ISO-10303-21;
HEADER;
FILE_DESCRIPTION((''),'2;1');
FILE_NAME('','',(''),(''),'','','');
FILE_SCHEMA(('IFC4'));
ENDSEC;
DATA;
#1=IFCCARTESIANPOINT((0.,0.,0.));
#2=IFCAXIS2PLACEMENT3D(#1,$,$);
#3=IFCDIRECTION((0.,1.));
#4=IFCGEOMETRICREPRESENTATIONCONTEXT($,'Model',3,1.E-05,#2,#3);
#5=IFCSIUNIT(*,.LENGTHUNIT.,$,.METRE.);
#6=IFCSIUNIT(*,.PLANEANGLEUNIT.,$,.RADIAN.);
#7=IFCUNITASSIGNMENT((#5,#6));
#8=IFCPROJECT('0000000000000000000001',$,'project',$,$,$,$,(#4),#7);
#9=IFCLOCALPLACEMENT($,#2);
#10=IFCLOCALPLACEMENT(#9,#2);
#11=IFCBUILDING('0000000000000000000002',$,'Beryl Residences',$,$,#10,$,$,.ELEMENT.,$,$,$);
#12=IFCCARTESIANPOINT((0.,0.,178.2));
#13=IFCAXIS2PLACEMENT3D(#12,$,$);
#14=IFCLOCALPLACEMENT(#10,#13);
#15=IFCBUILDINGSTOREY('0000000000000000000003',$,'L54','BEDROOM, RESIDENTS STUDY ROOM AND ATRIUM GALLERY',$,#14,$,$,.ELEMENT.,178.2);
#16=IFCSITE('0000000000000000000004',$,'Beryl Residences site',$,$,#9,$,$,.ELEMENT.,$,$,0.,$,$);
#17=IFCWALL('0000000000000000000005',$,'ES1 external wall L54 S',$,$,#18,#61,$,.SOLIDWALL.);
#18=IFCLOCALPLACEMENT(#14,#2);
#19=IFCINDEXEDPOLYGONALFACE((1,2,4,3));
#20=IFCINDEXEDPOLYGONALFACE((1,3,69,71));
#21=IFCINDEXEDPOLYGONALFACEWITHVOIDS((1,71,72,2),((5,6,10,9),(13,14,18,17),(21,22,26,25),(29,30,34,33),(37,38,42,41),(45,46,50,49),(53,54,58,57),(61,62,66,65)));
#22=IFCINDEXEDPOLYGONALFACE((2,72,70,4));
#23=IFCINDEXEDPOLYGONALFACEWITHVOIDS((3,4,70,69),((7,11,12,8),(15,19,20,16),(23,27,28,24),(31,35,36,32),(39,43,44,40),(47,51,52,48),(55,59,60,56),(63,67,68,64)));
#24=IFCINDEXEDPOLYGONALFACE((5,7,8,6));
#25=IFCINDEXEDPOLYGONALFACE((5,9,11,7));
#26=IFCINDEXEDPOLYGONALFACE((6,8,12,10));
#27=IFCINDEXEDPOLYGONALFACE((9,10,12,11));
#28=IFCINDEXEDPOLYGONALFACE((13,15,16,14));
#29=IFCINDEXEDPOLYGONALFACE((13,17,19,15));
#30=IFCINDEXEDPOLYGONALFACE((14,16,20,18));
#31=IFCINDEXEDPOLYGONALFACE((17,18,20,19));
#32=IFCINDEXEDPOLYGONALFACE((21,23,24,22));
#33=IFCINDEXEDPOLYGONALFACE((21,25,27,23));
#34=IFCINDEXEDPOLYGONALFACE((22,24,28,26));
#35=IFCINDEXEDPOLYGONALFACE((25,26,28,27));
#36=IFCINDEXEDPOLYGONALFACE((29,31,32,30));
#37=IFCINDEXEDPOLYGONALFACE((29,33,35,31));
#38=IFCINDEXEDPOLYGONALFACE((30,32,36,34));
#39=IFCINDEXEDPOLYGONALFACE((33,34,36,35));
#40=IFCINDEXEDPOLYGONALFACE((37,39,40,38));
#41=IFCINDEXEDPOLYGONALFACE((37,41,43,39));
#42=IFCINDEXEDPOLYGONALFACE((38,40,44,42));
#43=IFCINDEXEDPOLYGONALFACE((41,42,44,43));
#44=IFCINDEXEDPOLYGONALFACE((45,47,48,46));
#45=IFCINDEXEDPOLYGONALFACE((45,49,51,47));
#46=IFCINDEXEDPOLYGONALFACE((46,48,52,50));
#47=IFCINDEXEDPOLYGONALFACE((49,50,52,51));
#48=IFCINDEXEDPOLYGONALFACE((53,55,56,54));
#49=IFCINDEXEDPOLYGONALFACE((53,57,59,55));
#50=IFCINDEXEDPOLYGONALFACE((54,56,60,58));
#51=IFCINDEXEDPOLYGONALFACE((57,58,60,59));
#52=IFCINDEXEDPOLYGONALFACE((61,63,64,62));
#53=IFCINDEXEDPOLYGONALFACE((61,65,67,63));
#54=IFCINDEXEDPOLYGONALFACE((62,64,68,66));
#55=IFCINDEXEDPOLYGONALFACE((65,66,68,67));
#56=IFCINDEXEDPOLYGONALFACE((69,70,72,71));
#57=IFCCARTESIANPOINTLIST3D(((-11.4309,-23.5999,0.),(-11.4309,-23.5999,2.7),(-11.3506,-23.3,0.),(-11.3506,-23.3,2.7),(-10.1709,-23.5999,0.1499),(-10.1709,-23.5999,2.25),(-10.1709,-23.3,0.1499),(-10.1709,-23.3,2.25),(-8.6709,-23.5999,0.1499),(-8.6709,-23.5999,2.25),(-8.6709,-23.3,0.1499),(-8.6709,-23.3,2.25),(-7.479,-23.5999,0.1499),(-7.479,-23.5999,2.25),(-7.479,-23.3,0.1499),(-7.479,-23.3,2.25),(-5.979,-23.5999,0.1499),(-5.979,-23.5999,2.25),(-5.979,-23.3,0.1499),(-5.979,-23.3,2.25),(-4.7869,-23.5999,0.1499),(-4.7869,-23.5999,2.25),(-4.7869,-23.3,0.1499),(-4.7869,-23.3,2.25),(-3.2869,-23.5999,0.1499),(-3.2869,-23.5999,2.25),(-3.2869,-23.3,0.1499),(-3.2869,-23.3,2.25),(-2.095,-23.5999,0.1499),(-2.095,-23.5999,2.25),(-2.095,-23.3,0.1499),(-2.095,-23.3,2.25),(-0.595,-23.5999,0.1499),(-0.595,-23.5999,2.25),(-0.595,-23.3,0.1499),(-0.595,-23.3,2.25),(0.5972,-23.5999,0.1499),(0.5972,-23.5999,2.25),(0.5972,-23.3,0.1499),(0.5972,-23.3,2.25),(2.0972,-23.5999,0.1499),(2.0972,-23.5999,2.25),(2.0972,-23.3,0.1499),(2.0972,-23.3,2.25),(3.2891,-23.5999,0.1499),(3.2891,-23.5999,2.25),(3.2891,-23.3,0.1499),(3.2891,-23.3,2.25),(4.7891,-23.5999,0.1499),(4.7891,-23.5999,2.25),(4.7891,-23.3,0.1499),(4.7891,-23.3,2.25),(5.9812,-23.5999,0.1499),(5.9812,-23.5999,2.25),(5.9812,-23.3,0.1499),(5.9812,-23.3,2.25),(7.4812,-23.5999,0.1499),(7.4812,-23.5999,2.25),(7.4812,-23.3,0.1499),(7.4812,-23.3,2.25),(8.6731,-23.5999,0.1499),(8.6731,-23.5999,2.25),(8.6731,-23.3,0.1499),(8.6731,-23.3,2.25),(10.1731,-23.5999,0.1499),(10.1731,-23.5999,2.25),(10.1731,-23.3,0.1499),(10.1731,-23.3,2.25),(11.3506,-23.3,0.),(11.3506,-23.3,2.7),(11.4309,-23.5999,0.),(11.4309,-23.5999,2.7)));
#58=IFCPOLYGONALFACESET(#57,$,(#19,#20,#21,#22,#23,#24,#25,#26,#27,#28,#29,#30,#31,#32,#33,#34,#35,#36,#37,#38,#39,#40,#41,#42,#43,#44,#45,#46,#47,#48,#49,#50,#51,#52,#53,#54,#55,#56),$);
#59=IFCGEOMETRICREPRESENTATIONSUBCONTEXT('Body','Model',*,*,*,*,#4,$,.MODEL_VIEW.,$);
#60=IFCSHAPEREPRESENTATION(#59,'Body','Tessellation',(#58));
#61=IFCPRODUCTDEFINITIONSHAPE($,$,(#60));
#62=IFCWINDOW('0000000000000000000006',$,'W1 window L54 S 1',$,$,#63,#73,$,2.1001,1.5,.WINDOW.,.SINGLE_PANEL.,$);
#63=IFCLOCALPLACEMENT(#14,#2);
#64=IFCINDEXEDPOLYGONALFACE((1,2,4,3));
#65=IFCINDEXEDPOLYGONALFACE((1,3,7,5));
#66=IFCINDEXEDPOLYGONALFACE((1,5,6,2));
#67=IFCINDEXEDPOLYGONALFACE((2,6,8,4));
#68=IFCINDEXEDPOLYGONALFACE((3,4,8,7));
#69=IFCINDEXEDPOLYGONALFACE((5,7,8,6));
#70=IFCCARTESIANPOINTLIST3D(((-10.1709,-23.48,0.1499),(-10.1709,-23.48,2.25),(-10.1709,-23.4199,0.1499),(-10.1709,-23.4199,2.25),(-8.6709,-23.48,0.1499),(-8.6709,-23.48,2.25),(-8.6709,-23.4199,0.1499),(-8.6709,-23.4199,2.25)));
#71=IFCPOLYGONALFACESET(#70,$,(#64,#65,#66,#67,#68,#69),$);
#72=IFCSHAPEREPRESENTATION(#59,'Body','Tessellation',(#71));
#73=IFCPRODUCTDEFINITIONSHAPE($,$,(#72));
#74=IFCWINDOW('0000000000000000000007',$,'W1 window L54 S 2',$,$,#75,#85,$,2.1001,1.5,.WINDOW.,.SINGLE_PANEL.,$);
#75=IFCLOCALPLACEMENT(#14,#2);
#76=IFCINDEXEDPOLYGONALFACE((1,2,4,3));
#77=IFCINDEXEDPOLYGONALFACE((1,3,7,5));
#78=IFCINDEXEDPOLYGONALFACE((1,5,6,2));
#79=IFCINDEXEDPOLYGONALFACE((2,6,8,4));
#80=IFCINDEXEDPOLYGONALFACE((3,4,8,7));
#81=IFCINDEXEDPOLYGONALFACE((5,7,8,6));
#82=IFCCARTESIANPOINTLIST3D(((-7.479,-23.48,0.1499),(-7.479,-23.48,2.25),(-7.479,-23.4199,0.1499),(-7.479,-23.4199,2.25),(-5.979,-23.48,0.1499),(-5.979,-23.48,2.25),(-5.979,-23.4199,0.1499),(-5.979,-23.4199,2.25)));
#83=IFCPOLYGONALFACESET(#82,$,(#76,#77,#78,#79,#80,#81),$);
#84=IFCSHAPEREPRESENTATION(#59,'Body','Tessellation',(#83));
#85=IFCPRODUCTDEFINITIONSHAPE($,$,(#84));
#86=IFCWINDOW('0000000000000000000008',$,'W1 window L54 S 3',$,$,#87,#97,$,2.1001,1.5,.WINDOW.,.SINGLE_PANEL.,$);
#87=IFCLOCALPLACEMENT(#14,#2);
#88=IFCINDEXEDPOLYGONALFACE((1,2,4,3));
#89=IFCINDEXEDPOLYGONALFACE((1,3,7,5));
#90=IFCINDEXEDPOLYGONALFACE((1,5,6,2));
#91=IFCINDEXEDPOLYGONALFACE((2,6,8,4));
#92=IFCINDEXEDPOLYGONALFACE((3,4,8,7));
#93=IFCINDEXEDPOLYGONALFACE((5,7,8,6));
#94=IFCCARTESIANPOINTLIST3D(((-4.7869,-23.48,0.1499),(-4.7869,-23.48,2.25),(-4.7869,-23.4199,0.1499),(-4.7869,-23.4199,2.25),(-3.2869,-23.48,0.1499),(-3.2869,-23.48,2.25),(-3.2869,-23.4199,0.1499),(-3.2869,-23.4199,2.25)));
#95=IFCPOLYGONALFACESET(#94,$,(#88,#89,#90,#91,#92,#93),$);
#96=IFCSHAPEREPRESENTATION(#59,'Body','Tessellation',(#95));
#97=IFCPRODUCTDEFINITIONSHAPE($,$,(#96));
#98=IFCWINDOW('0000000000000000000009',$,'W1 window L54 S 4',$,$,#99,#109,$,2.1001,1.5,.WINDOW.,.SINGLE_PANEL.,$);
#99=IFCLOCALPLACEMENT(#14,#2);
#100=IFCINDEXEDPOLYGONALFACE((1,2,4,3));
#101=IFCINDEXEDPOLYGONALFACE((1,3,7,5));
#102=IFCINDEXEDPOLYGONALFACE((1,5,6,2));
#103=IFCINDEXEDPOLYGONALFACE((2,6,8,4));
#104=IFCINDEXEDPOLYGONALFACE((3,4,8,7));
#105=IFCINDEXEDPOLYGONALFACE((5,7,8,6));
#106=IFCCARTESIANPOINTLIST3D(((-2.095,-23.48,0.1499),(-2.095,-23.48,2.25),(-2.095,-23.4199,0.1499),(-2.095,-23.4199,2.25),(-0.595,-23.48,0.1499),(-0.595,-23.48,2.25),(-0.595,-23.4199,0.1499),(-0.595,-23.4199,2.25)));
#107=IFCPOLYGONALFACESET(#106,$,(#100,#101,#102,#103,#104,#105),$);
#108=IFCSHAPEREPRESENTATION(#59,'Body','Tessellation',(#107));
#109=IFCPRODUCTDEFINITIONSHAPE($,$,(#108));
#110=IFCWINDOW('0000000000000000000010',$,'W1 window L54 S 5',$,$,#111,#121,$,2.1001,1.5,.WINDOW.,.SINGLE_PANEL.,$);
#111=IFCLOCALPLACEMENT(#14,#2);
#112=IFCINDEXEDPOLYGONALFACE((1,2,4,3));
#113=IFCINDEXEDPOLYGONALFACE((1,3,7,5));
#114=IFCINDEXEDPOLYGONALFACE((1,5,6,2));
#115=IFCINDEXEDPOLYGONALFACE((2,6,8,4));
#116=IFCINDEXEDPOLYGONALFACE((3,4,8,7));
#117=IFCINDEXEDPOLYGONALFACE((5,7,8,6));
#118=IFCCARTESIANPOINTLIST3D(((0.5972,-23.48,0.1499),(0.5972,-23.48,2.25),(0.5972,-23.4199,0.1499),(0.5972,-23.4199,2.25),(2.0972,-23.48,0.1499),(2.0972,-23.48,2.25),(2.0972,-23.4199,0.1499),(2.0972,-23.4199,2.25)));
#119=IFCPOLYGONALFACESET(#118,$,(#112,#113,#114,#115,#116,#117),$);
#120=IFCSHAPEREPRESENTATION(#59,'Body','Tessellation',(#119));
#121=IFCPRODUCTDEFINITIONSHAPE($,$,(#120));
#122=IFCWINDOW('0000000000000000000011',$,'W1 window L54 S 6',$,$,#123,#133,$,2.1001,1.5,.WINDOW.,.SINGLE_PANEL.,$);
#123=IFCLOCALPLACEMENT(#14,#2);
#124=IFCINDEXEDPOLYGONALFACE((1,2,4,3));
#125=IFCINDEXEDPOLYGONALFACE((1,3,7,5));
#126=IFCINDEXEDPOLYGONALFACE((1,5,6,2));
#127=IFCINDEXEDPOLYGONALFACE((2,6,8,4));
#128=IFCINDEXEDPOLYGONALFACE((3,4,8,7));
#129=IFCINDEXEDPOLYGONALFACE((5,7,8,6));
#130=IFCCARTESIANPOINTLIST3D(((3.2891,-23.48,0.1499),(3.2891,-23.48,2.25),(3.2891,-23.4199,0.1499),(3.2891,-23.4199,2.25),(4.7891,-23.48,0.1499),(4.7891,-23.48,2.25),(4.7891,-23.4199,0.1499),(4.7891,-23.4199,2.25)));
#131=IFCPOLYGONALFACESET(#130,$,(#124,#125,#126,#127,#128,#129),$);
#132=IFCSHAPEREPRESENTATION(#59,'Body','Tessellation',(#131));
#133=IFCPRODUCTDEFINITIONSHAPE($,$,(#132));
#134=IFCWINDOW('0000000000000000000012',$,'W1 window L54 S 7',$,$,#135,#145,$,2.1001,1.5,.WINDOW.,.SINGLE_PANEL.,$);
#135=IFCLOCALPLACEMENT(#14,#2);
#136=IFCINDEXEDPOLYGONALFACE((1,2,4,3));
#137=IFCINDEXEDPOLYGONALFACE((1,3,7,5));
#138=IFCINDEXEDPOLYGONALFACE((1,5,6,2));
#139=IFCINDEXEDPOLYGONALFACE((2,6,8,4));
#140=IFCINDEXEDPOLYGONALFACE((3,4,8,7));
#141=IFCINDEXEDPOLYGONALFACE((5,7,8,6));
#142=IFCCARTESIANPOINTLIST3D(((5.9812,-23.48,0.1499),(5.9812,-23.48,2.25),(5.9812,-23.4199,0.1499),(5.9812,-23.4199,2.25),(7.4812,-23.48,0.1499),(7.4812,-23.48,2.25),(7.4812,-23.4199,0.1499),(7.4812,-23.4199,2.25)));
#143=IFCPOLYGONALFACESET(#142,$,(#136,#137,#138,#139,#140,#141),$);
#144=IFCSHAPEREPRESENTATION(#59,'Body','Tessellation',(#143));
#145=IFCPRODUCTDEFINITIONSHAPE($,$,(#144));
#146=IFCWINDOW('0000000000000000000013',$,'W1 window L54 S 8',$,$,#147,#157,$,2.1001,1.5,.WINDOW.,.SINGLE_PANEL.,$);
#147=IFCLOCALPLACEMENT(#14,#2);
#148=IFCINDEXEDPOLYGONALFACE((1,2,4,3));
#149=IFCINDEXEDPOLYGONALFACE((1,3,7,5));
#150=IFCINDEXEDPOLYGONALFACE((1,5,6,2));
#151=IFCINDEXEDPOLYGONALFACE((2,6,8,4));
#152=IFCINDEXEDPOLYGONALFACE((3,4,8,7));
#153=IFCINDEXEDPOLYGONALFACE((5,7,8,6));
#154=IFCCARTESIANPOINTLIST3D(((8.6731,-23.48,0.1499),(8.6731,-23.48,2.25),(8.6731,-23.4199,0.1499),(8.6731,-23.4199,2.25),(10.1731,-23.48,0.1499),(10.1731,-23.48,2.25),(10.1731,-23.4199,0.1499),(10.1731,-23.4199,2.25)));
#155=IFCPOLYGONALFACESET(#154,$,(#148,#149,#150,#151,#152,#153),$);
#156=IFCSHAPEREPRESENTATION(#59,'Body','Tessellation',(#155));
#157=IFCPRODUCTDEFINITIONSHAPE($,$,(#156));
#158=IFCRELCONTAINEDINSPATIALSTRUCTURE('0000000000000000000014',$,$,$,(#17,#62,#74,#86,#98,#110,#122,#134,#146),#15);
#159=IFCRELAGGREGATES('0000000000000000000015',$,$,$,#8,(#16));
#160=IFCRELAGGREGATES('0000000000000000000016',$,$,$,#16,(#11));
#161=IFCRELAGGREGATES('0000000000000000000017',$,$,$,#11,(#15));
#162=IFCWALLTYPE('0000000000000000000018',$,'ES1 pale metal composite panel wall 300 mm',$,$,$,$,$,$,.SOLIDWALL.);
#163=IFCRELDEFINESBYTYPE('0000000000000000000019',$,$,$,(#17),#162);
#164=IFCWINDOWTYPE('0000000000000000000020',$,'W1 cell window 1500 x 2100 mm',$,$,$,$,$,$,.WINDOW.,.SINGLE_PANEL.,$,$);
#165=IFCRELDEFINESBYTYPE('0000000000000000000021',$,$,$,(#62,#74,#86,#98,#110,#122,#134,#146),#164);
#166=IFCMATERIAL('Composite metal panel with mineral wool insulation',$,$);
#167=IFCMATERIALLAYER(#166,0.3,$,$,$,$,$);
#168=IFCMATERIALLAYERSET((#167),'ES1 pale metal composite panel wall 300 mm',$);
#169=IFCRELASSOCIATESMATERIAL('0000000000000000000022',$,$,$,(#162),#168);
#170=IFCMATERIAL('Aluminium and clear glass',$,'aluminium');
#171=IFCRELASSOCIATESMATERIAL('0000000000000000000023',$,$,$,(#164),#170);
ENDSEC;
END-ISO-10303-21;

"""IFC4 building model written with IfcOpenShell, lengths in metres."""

from ifc_helpers import new_model, si_unit, direction, frame, frame_2d, origin, place, context, subcontext, project, spatial, polyline, rectangle, outline, extrude, material, layer, layer_set, type_object, element, fill, save


model = new_model("IFC4")

# Units and contexts
model_context = context("Model", 3, precision=1e-05, world=origin(), true_north=direction((0.0, 1.0)))
body_context = subcontext(model_context, "Body", "Model", "MODEL_VIEW")
ifc_project = project(units=[si_unit("LENGTHUNIT", "METRE"), si_unit("PLANEANGLEUNIT", "RADIAN")], contexts=[model_context])

# Site, building, storey
site_placement = place(None, origin())
site = spatial("IfcSite", under=ifc_project, at=site_placement, Name="Beryl Residences site", CompositionType="ELEMENT", RefElevation=0.0)
building_placement = place(site_placement, origin())
building = spatial("IfcBuilding", under=site, at=building_placement, Name="Beryl Residences", CompositionType="ELEMENT")
storey_placement = place(building_placement, frame((0.0, 0.0, 178.2)))
storey = spatial("IfcBuildingStorey", under=building, at=storey_placement, Name="L54", Description="BEDROOM, RESIDENTS STUDY ROOM AND ATRIUM GALLERY", CompositionType="ELEMENT", Elevation=178.2)

# Wall, openings, windows
ifc_material_1 = material(Name="Composite metal panel with mineral wool insulation")
ifc_layer_1 = layer(ifc_material_1, 0.3)
ifc_layer_set_1 = layer_set([ifc_layer_1], Name="ES1 pale metal composite panel wall 300 mm")
wall_type_1 = type_object("IfcWallType", Name="ES1 pale metal composite panel wall 300 mm", PredefinedType="SOLIDWALL", material=ifc_layer_set_1)
wall_1_placement = place(storey_placement, frame((-11.4309, -23.45, 0.0), z_axis=(0.0, 0.0, 1.0), x_axis=(1.0, 0.0, 0.0)))
wall_1 = element("IfcWall", 1, at=wall_1_placement, inside=storey, type_object=wall_type_1, Name="ES1 external wall L54 S", PredefinedType="SOLIDWALL", context=body_context, shape_type="SweptSolid", body=[
    extrude(outline(polyline([(0.0, -0.1499), (22.8618, -0.1499), (22.7815, 0.1499), (0.0803, 0.1499), (0.0, -0.1499)])), origin(), (0.0, 0.0, 1.0), 2.7),
])
opening_1_placement = place(wall_1_placement, frame((1.26, 0.0, 0.1499)))
opening_1 = element("IfcOpeningElement", 2, at=opening_1_placement, cuts=wall_1, PredefinedType="OPENING", context=body_context, shape_type="SweptSolid", body=[
    extrude(rectangle(XDim=1.5, YDim=2.1001, at=frame_2d((0.75, 1.05))), frame((0.0, 0.1599, 0.0), z_axis=(0.0, -1.0, 0.0), x_axis=(1.0, 0.0, 0.0)), (0.0, 0.0, 1.0), 0.3201),
])
opening_2_placement = place(wall_1_placement, frame((3.9519, 0.0, 0.1499)))
opening_2 = element("IfcOpeningElement", 3, at=opening_2_placement, cuts=wall_1, PredefinedType="OPENING", context=body_context, shape_type="SweptSolid", body=[
    extrude(rectangle(XDim=1.5, YDim=2.1001, at=frame_2d((0.75, 1.05))), frame((0.0, 0.1599, 0.0), z_axis=(0.0, -1.0, 0.0), x_axis=(1.0, 0.0, 0.0)), (0.0, 0.0, 1.0), 0.3201),
])
opening_3_placement = place(wall_1_placement, frame((6.644, 0.0, 0.1499)))
opening_3 = element("IfcOpeningElement", 4, at=opening_3_placement, cuts=wall_1, PredefinedType="OPENING", context=body_context, shape_type="SweptSolid", body=[
    extrude(rectangle(XDim=1.5, YDim=2.1001, at=frame_2d((0.75, 1.05))), frame((0.0, 0.1599, 0.0), z_axis=(0.0, -1.0, 0.0), x_axis=(1.0, 0.0, 0.0)), (0.0, 0.0, 1.0), 0.3201),
])
opening_4_placement = place(wall_1_placement, frame((9.3359, 0.0, 0.1499)))
opening_4 = element("IfcOpeningElement", 5, at=opening_4_placement, cuts=wall_1, PredefinedType="OPENING", context=body_context, shape_type="SweptSolid", body=[
    extrude(rectangle(XDim=1.5, YDim=2.1001, at=frame_2d((0.75, 1.05))), frame((0.0, 0.1599, 0.0), z_axis=(0.0, -1.0, 0.0), x_axis=(1.0, 0.0, 0.0)), (0.0, 0.0, 1.0), 0.3201),
])
opening_5_placement = place(wall_1_placement, frame((12.0281, 0.0, 0.1499)))
opening_5 = element("IfcOpeningElement", 6, at=opening_5_placement, cuts=wall_1, PredefinedType="OPENING", context=body_context, shape_type="SweptSolid", body=[
    extrude(rectangle(XDim=1.5, YDim=2.1001, at=frame_2d((0.75, 1.05))), frame((0.0, 0.1599, 0.0), z_axis=(0.0, -1.0, 0.0), x_axis=(1.0, 0.0, 0.0)), (0.0, 0.0, 1.0), 0.3201),
])
opening_6_placement = place(wall_1_placement, frame((14.72, 0.0, 0.1499)))
opening_6 = element("IfcOpeningElement", 7, at=opening_6_placement, cuts=wall_1, PredefinedType="OPENING", context=body_context, shape_type="SweptSolid", body=[
    extrude(rectangle(XDim=1.5, YDim=2.1001, at=frame_2d((0.75, 1.05))), frame((0.0, 0.1599, 0.0), z_axis=(0.0, -1.0, 0.0), x_axis=(1.0, 0.0, 0.0)), (0.0, 0.0, 1.0), 0.3201),
])
opening_7_placement = place(wall_1_placement, frame((17.4121, 0.0, 0.1499)))
opening_7 = element("IfcOpeningElement", 8, at=opening_7_placement, cuts=wall_1, PredefinedType="OPENING", context=body_context, shape_type="SweptSolid", body=[
    extrude(rectangle(XDim=1.5, YDim=2.1001, at=frame_2d((0.75, 1.05))), frame((0.0, 0.1599, 0.0), z_axis=(0.0, -1.0, 0.0), x_axis=(1.0, 0.0, 0.0)), (0.0, 0.0, 1.0), 0.3201),
])
opening_8_placement = place(wall_1_placement, frame((20.104, 0.0, 0.1499)))
opening_8 = element("IfcOpeningElement", 9, at=opening_8_placement, cuts=wall_1, PredefinedType="OPENING", context=body_context, shape_type="SweptSolid", body=[
    extrude(rectangle(XDim=1.5, YDim=2.1001, at=frame_2d((0.75, 1.05))), frame((0.0, 0.1599, 0.0), z_axis=(0.0, -1.0, 0.0), x_axis=(1.0, 0.0, 0.0)), (0.0, 0.0, 1.0), 0.3201),
])
ifc_material_2 = material(Name="Aluminium and clear glass", Category="aluminium")
window_type = type_object("IfcWindowType", Name="W1 cell window 1500 x 2100 mm", PartitioningType="SINGLE_PANEL", PredefinedType="WINDOW", material=ifc_material_2)
window_1_placement = place(opening_1_placement, origin())
window_1 = element("IfcWindow", 10, at=window_1_placement, inside=storey, type_object=window_type, Name="W1 window L54 S 1", OverallHeight=2.1001, OverallWidth=1.5, PartitioningType="SINGLE_PANEL", PredefinedType="WINDOW", context=body_context, shape_type="SweptSolid", body=[
    extrude(rectangle(XDim=1.5, YDim=2.1001, at=frame_2d((0.75, 1.05))), frame((0.0, 0.03, 0.0), z_axis=(0.0, -1.0, 0.0), x_axis=(1.0, 0.0, 0.0)), (0.0, 0.0, 1.0), 0.0601),
])
fill(opening_1, window_1)
window_2_placement = place(opening_2_placement, origin())
window_2 = element("IfcWindow", 11, at=window_2_placement, inside=storey, type_object=window_type, Name="W1 window L54 S 2", OverallHeight=2.1001, OverallWidth=1.5, PartitioningType="SINGLE_PANEL", PredefinedType="WINDOW", context=body_context, shape_type="SweptSolid", body=[
    extrude(rectangle(XDim=1.5, YDim=2.1001, at=frame_2d((0.75, 1.05))), frame((0.0, 0.03, 0.0), z_axis=(0.0, -1.0, 0.0), x_axis=(1.0, 0.0, 0.0)), (0.0, 0.0, 1.0), 0.0601),
])
fill(opening_2, window_2)
window_3_placement = place(opening_3_placement, origin())
window_3 = element("IfcWindow", 12, at=window_3_placement, inside=storey, type_object=window_type, Name="W1 window L54 S 3", OverallHeight=2.1001, OverallWidth=1.5, PartitioningType="SINGLE_PANEL", PredefinedType="WINDOW", context=body_context, shape_type="SweptSolid", body=[
    extrude(rectangle(XDim=1.5, YDim=2.1001, at=frame_2d((0.75, 1.05))), frame((0.0, 0.03, 0.0), z_axis=(0.0, -1.0, 0.0), x_axis=(1.0, 0.0, 0.0)), (0.0, 0.0, 1.0), 0.0601),
])
fill(opening_3, window_3)
window_4_placement = place(opening_4_placement, origin())
window_4 = element("IfcWindow", 13, at=window_4_placement, inside=storey, type_object=window_type, Name="W1 window L54 S 4", OverallHeight=2.1001, OverallWidth=1.5, PartitioningType="SINGLE_PANEL", PredefinedType="WINDOW", context=body_context, shape_type="SweptSolid", body=[
    extrude(rectangle(XDim=1.5, YDim=2.1001, at=frame_2d((0.75, 1.05))), frame((0.0, 0.03, 0.0), z_axis=(0.0, -1.0, 0.0), x_axis=(1.0, 0.0, 0.0)), (0.0, 0.0, 1.0), 0.0601),
])
fill(opening_4, window_4)
window_5_placement = place(opening_5_placement, origin())
window_5 = element("IfcWindow", 14, at=window_5_placement, inside=storey, type_object=window_type, Name="W1 window L54 S 5", OverallHeight=2.1001, OverallWidth=1.5, PartitioningType="SINGLE_PANEL", PredefinedType="WINDOW", context=body_context, shape_type="SweptSolid", body=[
    extrude(rectangle(XDim=1.5, YDim=2.1001, at=frame_2d((0.75, 1.05))), frame((0.0, 0.03, 0.0), z_axis=(0.0, -1.0, 0.0), x_axis=(1.0, 0.0, 0.0)), (0.0, 0.0, 1.0), 0.0601),
])
fill(opening_5, window_5)
window_6_placement = place(opening_6_placement, origin())
window_6 = element("IfcWindow", 15, at=window_6_placement, inside=storey, type_object=window_type, Name="W1 window L54 S 6", OverallHeight=2.1001, OverallWidth=1.5, PartitioningType="SINGLE_PANEL", PredefinedType="WINDOW", context=body_context, shape_type="SweptSolid", body=[
    extrude(rectangle(XDim=1.5, YDim=2.1001, at=frame_2d((0.75, 1.05))), frame((0.0, 0.03, 0.0), z_axis=(0.0, -1.0, 0.0), x_axis=(1.0, 0.0, 0.0)), (0.0, 0.0, 1.0), 0.0601),
])
fill(opening_6, window_6)
window_7_placement = place(opening_7_placement, origin())
window_7 = element("IfcWindow", 16, at=window_7_placement, inside=storey, type_object=window_type, Name="W1 window L54 S 7", OverallHeight=2.1001, OverallWidth=1.5, PartitioningType="SINGLE_PANEL", PredefinedType="WINDOW", context=body_context, shape_type="SweptSolid", body=[
    extrude(rectangle(XDim=1.5, YDim=2.1001, at=frame_2d((0.75, 1.05))), frame((0.0, 0.03, 0.0), z_axis=(0.0, -1.0, 0.0), x_axis=(1.0, 0.0, 0.0)), (0.0, 0.0, 1.0), 0.0601),
])
fill(opening_7, window_7)
window_8_placement = place(opening_8_placement, origin())
window_8 = element("IfcWindow", 17, at=window_8_placement, inside=storey, type_object=window_type, Name="W1 window L54 S 8", OverallHeight=2.1001, OverallWidth=1.5, PartitioningType="SINGLE_PANEL", PredefinedType="WINDOW", context=body_context, shape_type="SweptSolid", body=[
    extrude(rectangle(XDim=1.5, YDim=2.1001, at=frame_2d((0.75, 1.05))), frame((0.0, 0.03, 0.0), z_axis=(0.0, -1.0, 0.0), x_axis=(1.0, 0.0, 0.0)), (0.0, 0.0, 1.0), 0.0601),
])
fill(opening_8, window_8)

save(model, "model.ifc")
